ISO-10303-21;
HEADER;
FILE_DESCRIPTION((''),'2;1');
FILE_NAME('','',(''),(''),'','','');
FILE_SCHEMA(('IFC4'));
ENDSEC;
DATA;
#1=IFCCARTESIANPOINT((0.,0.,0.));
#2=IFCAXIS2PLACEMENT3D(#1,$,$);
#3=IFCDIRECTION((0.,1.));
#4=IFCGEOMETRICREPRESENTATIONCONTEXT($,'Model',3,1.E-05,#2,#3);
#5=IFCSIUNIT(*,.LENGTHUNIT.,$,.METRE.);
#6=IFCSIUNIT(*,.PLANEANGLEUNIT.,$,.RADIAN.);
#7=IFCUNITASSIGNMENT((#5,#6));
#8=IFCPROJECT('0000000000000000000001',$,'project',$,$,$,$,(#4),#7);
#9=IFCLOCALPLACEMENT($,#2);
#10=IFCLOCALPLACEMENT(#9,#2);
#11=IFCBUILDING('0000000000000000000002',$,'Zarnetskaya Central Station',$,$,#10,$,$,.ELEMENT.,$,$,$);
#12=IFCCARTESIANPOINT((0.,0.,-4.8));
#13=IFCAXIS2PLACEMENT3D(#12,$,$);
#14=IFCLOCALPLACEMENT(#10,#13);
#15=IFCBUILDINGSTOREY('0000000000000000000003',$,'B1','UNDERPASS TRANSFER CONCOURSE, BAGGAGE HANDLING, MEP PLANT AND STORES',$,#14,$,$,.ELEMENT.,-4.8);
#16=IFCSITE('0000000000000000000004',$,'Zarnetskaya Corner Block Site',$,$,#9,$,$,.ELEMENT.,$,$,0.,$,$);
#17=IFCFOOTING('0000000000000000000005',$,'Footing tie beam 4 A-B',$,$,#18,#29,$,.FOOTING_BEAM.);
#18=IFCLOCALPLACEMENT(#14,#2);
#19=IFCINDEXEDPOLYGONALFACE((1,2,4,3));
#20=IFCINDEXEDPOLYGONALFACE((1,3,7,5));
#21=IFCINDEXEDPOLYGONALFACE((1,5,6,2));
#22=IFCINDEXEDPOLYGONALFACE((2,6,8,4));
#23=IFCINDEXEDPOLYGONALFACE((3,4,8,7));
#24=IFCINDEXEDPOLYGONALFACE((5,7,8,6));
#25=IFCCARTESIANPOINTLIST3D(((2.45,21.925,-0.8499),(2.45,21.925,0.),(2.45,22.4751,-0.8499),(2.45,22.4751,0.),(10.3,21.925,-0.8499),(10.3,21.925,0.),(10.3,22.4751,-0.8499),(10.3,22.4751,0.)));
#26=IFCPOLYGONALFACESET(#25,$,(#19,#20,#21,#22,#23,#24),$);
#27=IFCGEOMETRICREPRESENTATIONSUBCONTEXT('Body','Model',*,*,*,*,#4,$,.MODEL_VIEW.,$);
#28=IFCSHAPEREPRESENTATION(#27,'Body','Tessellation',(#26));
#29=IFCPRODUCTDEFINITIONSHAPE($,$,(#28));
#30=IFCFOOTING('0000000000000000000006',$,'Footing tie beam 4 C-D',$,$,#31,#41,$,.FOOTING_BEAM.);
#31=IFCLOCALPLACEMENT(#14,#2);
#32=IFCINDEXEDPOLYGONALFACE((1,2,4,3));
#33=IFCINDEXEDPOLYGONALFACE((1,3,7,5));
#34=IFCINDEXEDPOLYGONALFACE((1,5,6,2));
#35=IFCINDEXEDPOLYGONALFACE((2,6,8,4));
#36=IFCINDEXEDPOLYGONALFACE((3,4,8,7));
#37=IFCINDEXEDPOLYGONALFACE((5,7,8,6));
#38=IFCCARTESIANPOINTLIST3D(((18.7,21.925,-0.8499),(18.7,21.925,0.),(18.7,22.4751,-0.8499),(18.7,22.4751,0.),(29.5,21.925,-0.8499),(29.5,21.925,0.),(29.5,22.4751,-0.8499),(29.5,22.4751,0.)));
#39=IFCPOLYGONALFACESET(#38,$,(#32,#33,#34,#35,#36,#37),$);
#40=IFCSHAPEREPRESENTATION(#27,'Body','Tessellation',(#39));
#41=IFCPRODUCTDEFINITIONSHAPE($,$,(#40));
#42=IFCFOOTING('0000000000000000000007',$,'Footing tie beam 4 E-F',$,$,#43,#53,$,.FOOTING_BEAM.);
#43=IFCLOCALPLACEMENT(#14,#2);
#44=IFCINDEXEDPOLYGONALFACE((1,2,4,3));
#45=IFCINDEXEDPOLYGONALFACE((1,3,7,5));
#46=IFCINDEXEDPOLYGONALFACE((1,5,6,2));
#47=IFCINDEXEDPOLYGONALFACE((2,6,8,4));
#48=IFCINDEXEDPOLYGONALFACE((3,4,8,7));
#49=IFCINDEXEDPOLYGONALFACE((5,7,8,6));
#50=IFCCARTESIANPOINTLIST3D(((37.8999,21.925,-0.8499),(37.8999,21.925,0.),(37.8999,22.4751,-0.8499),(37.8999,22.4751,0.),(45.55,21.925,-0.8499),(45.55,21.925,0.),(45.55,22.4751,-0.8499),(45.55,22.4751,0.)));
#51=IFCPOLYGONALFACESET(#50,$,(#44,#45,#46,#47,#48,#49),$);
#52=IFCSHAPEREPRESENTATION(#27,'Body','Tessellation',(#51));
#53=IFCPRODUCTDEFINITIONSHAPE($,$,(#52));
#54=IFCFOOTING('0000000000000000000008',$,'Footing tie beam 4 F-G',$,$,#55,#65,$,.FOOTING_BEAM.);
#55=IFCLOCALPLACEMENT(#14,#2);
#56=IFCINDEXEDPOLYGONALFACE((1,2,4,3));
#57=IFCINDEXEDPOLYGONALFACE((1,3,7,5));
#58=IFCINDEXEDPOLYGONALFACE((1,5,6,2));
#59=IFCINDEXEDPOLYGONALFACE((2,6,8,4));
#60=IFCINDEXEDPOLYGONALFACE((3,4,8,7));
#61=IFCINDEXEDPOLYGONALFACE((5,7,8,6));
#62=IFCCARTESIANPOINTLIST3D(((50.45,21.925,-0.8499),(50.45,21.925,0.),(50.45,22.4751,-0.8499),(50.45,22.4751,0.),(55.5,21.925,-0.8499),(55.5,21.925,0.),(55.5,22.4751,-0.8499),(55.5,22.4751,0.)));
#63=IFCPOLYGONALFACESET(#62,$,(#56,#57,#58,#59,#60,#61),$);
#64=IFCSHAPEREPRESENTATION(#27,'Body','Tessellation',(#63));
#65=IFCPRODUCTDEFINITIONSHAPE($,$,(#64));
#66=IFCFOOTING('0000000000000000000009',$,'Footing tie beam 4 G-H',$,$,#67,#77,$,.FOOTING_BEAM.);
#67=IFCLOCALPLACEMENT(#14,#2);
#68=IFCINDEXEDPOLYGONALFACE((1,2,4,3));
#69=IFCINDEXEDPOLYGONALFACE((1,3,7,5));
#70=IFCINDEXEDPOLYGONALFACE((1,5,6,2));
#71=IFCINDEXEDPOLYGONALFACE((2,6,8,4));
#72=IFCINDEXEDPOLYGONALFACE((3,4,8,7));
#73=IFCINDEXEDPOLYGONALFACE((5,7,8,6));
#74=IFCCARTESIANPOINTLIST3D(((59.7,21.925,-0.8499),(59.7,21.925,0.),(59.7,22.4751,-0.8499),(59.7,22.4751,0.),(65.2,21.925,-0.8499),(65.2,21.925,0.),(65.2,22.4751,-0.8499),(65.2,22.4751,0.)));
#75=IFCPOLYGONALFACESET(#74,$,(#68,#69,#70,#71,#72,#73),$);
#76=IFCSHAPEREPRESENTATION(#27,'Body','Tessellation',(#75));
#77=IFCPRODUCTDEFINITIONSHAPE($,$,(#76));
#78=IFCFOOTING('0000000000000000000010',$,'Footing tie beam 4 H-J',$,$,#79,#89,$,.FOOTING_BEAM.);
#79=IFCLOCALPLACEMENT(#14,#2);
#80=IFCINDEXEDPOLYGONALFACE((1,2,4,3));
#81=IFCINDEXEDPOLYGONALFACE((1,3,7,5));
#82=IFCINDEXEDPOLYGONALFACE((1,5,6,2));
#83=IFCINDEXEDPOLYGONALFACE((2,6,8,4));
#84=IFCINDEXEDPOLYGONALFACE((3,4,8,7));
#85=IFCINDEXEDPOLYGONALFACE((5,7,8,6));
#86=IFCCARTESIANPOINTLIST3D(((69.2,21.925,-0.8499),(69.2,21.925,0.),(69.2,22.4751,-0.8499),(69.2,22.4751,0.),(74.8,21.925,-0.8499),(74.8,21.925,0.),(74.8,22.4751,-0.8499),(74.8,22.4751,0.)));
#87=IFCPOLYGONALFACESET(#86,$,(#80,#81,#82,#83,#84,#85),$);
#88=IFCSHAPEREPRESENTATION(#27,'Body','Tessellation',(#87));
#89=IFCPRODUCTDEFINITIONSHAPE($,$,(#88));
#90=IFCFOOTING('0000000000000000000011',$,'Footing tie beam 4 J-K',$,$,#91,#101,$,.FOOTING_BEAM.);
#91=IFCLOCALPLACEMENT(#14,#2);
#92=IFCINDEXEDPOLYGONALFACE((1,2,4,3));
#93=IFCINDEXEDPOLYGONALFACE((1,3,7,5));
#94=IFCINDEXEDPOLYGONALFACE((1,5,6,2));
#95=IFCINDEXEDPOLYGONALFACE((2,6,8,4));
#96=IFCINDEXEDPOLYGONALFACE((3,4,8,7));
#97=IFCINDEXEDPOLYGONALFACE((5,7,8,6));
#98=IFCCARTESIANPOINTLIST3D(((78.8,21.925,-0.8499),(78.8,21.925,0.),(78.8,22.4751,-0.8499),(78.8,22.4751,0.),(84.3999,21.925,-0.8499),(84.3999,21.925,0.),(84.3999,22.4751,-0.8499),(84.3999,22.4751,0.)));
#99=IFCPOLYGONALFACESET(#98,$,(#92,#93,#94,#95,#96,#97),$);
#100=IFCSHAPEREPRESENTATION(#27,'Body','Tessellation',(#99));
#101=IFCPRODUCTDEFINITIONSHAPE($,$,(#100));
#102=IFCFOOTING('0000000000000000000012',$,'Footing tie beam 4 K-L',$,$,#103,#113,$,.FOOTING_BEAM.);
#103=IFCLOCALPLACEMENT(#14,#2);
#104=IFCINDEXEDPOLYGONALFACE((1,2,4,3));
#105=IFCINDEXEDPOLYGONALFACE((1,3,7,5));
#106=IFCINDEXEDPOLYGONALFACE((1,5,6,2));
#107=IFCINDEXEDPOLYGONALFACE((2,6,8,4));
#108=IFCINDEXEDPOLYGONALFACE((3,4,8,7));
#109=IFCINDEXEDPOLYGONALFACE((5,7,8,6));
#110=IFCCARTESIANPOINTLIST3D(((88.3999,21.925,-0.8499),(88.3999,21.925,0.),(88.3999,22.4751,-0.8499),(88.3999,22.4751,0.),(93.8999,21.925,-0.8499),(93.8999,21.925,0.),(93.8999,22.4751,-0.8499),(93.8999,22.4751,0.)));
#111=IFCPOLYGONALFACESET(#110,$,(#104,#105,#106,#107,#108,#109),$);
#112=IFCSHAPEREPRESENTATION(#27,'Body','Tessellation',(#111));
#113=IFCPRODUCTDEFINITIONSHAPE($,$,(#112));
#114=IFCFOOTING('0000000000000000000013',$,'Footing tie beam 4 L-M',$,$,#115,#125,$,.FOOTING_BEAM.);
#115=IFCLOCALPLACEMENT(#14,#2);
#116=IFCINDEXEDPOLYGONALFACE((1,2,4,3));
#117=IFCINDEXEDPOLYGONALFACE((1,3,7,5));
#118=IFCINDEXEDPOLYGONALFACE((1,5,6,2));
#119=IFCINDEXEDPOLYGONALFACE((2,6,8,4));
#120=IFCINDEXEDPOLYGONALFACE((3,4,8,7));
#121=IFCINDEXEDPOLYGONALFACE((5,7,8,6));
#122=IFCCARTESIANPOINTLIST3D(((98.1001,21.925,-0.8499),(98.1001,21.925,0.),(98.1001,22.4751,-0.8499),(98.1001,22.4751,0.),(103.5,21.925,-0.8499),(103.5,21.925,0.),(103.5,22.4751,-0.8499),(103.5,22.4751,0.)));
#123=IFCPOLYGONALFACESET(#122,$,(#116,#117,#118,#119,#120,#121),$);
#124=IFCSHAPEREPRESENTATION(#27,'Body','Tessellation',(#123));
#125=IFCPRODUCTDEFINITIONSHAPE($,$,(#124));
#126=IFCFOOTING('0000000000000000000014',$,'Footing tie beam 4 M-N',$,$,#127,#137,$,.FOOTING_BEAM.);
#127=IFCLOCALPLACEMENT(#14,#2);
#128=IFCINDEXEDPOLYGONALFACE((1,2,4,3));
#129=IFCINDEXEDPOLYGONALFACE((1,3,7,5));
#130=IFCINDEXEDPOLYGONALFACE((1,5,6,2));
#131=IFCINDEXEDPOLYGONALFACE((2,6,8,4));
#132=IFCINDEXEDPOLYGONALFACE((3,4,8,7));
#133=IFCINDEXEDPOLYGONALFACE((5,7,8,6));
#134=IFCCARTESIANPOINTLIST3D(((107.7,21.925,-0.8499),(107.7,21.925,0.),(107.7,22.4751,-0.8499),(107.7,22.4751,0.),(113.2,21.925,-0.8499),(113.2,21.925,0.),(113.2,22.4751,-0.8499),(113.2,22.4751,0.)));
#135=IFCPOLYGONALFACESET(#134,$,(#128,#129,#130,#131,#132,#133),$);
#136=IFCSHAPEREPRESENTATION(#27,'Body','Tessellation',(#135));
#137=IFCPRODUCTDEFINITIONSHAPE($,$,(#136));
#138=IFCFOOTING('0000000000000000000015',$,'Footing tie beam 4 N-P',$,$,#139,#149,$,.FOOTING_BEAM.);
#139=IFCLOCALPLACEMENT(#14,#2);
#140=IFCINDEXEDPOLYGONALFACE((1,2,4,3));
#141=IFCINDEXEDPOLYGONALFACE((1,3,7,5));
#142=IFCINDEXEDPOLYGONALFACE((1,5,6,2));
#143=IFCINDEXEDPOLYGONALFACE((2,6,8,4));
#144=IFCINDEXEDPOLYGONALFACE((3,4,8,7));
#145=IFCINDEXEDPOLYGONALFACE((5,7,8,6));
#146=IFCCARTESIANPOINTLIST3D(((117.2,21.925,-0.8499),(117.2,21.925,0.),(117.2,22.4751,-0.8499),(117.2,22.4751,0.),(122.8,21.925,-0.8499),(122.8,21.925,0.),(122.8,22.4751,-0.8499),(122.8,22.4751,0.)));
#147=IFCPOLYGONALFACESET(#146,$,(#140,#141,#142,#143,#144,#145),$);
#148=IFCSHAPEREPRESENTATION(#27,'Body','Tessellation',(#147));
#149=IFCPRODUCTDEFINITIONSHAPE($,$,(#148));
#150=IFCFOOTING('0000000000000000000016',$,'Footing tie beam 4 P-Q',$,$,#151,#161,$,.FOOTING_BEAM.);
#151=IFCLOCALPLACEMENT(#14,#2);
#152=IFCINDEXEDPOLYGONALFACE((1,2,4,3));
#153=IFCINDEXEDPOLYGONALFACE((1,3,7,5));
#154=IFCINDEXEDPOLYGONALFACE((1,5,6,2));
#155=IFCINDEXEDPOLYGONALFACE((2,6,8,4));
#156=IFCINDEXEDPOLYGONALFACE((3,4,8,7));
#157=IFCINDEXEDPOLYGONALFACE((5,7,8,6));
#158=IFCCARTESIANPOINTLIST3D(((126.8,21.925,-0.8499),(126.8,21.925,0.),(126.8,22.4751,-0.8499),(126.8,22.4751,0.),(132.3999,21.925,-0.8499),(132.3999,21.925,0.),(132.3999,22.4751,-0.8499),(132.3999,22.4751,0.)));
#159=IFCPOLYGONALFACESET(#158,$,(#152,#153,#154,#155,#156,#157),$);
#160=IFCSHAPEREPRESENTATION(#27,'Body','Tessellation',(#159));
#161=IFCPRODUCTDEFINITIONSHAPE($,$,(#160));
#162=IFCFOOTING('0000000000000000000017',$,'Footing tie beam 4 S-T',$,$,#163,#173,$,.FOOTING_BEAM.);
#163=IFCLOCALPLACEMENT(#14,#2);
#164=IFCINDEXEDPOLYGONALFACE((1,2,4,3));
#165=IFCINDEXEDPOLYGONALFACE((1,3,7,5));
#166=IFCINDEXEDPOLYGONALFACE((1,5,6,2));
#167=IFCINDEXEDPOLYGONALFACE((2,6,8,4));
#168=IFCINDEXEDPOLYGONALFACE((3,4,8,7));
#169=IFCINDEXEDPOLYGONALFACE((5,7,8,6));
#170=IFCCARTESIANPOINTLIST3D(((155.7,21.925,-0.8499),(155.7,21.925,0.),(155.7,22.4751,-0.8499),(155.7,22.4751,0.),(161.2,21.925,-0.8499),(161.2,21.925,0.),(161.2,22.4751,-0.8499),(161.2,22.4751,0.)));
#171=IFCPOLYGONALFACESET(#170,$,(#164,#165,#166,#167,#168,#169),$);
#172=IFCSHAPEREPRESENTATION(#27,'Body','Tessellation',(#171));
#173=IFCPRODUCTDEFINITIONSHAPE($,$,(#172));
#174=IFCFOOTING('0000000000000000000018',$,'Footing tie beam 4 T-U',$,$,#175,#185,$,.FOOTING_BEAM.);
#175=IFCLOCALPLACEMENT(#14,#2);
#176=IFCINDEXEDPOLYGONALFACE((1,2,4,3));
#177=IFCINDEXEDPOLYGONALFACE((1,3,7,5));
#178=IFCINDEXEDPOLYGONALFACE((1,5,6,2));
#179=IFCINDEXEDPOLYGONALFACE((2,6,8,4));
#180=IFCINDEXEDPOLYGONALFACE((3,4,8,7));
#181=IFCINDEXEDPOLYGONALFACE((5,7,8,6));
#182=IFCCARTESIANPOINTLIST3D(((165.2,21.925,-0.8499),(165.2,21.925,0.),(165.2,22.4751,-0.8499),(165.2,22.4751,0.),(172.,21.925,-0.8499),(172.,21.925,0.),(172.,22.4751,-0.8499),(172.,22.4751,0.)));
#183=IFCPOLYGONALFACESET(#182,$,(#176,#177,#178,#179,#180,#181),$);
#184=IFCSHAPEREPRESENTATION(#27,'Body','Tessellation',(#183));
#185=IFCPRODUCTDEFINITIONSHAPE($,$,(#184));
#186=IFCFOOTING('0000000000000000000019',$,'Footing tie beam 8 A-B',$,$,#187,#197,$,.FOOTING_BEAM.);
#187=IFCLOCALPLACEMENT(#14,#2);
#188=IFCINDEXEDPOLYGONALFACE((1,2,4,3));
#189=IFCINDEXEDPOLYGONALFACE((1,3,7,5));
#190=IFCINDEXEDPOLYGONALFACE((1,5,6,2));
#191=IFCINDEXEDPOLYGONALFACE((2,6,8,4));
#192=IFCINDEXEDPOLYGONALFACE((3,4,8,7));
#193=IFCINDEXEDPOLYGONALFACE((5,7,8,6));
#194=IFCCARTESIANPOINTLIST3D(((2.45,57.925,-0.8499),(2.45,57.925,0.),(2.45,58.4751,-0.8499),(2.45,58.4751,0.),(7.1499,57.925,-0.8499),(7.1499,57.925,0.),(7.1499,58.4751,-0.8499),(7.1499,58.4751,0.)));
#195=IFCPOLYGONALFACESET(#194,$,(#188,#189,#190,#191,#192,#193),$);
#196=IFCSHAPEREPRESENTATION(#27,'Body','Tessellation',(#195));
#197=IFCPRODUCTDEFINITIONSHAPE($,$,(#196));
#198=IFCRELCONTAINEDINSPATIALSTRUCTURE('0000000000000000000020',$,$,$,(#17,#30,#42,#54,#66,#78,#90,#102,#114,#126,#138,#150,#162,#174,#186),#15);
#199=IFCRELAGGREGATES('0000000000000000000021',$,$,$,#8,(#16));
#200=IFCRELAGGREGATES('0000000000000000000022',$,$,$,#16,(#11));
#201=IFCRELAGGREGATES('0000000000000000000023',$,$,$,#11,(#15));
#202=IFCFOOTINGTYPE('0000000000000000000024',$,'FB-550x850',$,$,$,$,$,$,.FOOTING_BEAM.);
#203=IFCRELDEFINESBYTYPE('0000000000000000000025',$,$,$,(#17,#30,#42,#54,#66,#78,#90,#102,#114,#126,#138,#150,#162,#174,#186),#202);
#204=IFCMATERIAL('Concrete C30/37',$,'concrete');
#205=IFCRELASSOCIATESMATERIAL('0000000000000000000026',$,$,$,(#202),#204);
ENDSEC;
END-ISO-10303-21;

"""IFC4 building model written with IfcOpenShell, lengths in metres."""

from ifc_helpers import new_model, si_unit, direction, frame, origin, place, context, subcontext, project, spatial, polyline, outline, extrude, material, type_object, element, save


model = new_model("IFC4")

# Units and contexts
model_context = context("Model", 3, precision=1e-05, world=origin(), true_north=direction((0.0, 1.0)))
body_context = subcontext(model_context, "Body", "Model", "MODEL_VIEW")
ifc_project = project(units=[si_unit("LENGTHUNIT", "METRE"), si_unit("PLANEANGLEUNIT", "RADIAN")], contexts=[model_context])

# Site, building, storey
site_placement = place(None, origin())
site = spatial("IfcSite", under=ifc_project, at=site_placement, Name="Zarnetskaya Corner Block Site", CompositionType="ELEMENT", RefElevation=0.0)
building_placement = place(site_placement, origin())
building = spatial("IfcBuilding", under=site, at=building_placement, Name="Zarnetskaya Central Station", CompositionType="ELEMENT")
storey_placement = place(building_placement, frame((0.0, 0.0, -4.8)))
storey = spatial("IfcBuildingStorey", under=building, at=storey_placement, Name="B1", Description="UNDERPASS TRANSFER CONCOURSE, BAGGAGE HANDLING, MEP PLANT AND STORES", CompositionType="ELEMENT", Elevation=-4.8)

# Footings
ifc_material = material(Name="Concrete C30/37", Category="concrete")
footing_type_1 = type_object("IfcFootingType", Name="FB-550x850", PredefinedType="FOOTING_BEAM", material=ifc_material)
footing_1_placement = place(storey_placement, frame((0.0, 0.0, -0.8499)))
element("IfcFooting", 1, at=footing_1_placement, inside=storey, type_object=footing_type_1, Name="Footing tie beam 4 A-B", PredefinedType="FOOTING_BEAM", context=body_context, shape_type="SweptSolid", body=[
    extrude(outline(polyline([(2.45, 21.925), (10.3, 21.925), (10.3, 22.4751), (2.45, 22.4751), (2.45, 21.925)])), origin(), (0.0, 0.0, 1.0), 0.8499),
])
footing_2_placement = place(storey_placement, frame((0.0, 0.0, -0.8499)))
element("IfcFooting", 2, at=footing_2_placement, inside=storey, type_object=footing_type_1, Name="Footing tie beam 4 C-D", PredefinedType="FOOTING_BEAM", context=body_context, shape_type="SweptSolid", body=[
    extrude(outline(polyline([(18.7, 21.925), (29.5, 21.925), (29.5, 22.4751), (18.7, 22.4751), (18.7, 21.925)])), origin(), (0.0, 0.0, 1.0), 0.8499),
])
footing_3_placement = place(storey_placement, frame((0.0, 0.0, -0.8499)))
element("IfcFooting", 3, at=footing_3_placement, inside=storey, type_object=footing_type_1, Name="Footing tie beam 4 E-F", PredefinedType="FOOTING_BEAM", context=body_context, shape_type="SweptSolid", body=[
    extrude(outline(polyline([(37.8999, 21.925), (45.55, 21.925), (45.55, 22.4751), (37.8999, 22.4751), (37.8999, 21.925)])), origin(), (0.0, 0.0, 1.0), 0.8499),
])
footing_4_placement = place(storey_placement, frame((0.0, 0.0, -0.8499)))
element("IfcFooting", 4, at=footing_4_placement, inside=storey, type_object=footing_type_1, Name="Footing tie beam 4 F-G", PredefinedType="FOOTING_BEAM", context=body_context, shape_type="SweptSolid", body=[
    extrude(outline(polyline([(50.45, 21.925), (55.5, 21.925), (55.5, 22.4751), (50.45, 22.4751), (50.45, 21.925)])), origin(), (0.0, 0.0, 1.0), 0.8499),
])
footing_5_placement = place(storey_placement, frame((0.0, 0.0, -0.8499)))
element("IfcFooting", 5, at=footing_5_placement, inside=storey, type_object=footing_type_1, Name="Footing tie beam 4 G-H", PredefinedType="FOOTING_BEAM", context=body_context, shape_type="SweptSolid", body=[
    extrude(outline(polyline([(59.7, 21.925), (65.2, 21.925), (65.2, 22.4751), (59.7, 22.4751), (59.7, 21.925)])), origin(), (0.0, 0.0, 1.0), 0.8499),
])
footing_6_placement = place(storey_placement, frame((0.0, 0.0, -0.8499)))
element("IfcFooting", 6, at=footing_6_placement, inside=storey, type_object=footing_type_1, Name="Footing tie beam 4 H-J", PredefinedType="FOOTING_BEAM", context=body_context, shape_type="SweptSolid", body=[
    extrude(outline(polyline([(69.2, 21.925), (74.8, 21.925), (74.8, 22.4751), (69.2, 22.4751), (69.2, 21.925)])), origin(), (0.0, 0.0, 1.0), 0.8499),
])
footing_7_placement = place(storey_placement, frame((0.0, 0.0, -0.8499)))
element("IfcFooting", 7, at=footing_7_placement, inside=storey, type_object=footing_type_1, Name="Footing tie beam 4 J-K", PredefinedType="FOOTING_BEAM", context=body_context, shape_type="SweptSolid", body=[
    extrude(outline(polyline([(78.8, 21.925), (84.3999, 21.925), (84.3999, 22.4751), (78.8, 22.4751), (78.8, 21.925)])), origin(), (0.0, 0.0, 1.0), 0.8499),
])
footing_8_placement = place(storey_placement, frame((0.0, 0.0, -0.8499)))
element("IfcFooting", 8, at=footing_8_placement, inside=storey, type_object=footing_type_1, Name="Footing tie beam 4 K-L", PredefinedType="FOOTING_BEAM", context=body_context, shape_type="SweptSolid", body=[
    extrude(outline(polyline([(88.3999, 21.925), (93.8999, 21.925), (93.8999, 22.4751), (88.3999, 22.4751), (88.3999, 21.925)])), origin(), (0.0, 0.0, 1.0), 0.8499),
])
footing_9_placement = place(storey_placement, frame((0.0, 0.0, -0.8499)))
element("IfcFooting", 9, at=footing_9_placement, inside=storey, type_object=footing_type_1, Name="Footing tie beam 4 L-M", PredefinedType="FOOTING_BEAM", context=body_context, shape_type="SweptSolid", body=[
    extrude(outline(polyline([(98.1001, 21.925), (103.5, 21.925), (103.5, 22.4751), (98.1001, 22.4751), (98.1001, 21.925)])), origin(), (0.0, 0.0, 1.0), 0.8499),
])
footing_10_placement = place(storey_placement, frame((0.0, 0.0, -0.8499)))
element("IfcFooting", 10, at=footing_10_placement, inside=storey, type_object=footing_type_1, Name="Footing tie beam 4 M-N", PredefinedType="FOOTING_BEAM", context=body_context, shape_type="SweptSolid", body=[
    extrude(outline(polyline([(107.7, 21.925), (113.2, 21.925), (113.2, 22.4751), (107.7, 22.4751), (107.7, 21.925)])), origin(), (0.0, 0.0, 1.0), 0.8499),
])
footing_11_placement = place(storey_placement, frame((0.0, 0.0, -0.8499)))
element("IfcFooting", 11, at=footing_11_placement, inside=storey, type_object=footing_type_1, Name="Footing tie beam 4 N-P", PredefinedType="FOOTING_BEAM", context=body_context, shape_type="SweptSolid", body=[
    extrude(outline(polyline([(117.2, 21.925), (122.8, 21.925), (122.8, 22.4751), (117.2, 22.4751), (117.2, 21.925)])), origin(), (0.0, 0.0, 1.0), 0.8499),
])
footing_12_placement = place(storey_placement, frame((0.0, 0.0, -0.8499)))
element("IfcFooting", 12, at=footing_12_placement, inside=storey, type_object=footing_type_1, Name="Footing tie beam 4 P-Q", PredefinedType="FOOTING_BEAM", context=body_context, shape_type="SweptSolid", body=[
    extrude(outline(polyline([(126.8, 21.925), (132.3999, 21.925), (132.3999, 22.4751), (126.8, 22.4751), (126.8, 21.925)])), origin(), (0.0, 0.0, 1.0), 0.8499),
])
footing_13_placement = place(storey_placement, frame((0.0, 0.0, -0.8499)))
element("IfcFooting", 13, at=footing_13_placement, inside=storey, type_object=footing_type_1, Name="Footing tie beam 4 S-T", PredefinedType="FOOTING_BEAM", context=body_context, shape_type="SweptSolid", body=[
    extrude(outline(polyline([(155.7, 21.925), (161.2, 21.925), (161.2, 22.4751), (155.7, 22.4751), (155.7, 21.925)])), origin(), (0.0, 0.0, 1.0), 0.8499),
])
footing_14_placement = place(storey_placement, frame((0.0, 0.0, -0.8499)))
element("IfcFooting", 14, at=footing_14_placement, inside=storey, type_object=footing_type_1, Name="Footing tie beam 4 T-U", PredefinedType="FOOTING_BEAM", context=body_context, shape_type="SweptSolid", body=[
    extrude(outline(polyline([(165.2, 21.925), (172.0, 21.925), (172.0, 22.4751), (165.2, 22.4751), (165.2, 21.925)])), origin(), (0.0, 0.0, 1.0), 0.8499),
])
footing_15_placement = place(storey_placement, frame((0.0, 0.0, -0.8499)))
element("IfcFooting", 15, at=footing_15_placement, inside=storey, type_object=footing_type_1, Name="Footing tie beam 8 A-B", PredefinedType="FOOTING_BEAM", context=body_context, shape_type="SweptSolid", body=[
    extrude(outline(polyline([(2.45, 57.925), (7.1499, 57.925), (7.1499, 58.4751), (2.45, 58.4751), (2.45, 57.925)])), origin(), (0.0, 0.0, 1.0), 0.8499),
])

save(model, "model.ifc")
